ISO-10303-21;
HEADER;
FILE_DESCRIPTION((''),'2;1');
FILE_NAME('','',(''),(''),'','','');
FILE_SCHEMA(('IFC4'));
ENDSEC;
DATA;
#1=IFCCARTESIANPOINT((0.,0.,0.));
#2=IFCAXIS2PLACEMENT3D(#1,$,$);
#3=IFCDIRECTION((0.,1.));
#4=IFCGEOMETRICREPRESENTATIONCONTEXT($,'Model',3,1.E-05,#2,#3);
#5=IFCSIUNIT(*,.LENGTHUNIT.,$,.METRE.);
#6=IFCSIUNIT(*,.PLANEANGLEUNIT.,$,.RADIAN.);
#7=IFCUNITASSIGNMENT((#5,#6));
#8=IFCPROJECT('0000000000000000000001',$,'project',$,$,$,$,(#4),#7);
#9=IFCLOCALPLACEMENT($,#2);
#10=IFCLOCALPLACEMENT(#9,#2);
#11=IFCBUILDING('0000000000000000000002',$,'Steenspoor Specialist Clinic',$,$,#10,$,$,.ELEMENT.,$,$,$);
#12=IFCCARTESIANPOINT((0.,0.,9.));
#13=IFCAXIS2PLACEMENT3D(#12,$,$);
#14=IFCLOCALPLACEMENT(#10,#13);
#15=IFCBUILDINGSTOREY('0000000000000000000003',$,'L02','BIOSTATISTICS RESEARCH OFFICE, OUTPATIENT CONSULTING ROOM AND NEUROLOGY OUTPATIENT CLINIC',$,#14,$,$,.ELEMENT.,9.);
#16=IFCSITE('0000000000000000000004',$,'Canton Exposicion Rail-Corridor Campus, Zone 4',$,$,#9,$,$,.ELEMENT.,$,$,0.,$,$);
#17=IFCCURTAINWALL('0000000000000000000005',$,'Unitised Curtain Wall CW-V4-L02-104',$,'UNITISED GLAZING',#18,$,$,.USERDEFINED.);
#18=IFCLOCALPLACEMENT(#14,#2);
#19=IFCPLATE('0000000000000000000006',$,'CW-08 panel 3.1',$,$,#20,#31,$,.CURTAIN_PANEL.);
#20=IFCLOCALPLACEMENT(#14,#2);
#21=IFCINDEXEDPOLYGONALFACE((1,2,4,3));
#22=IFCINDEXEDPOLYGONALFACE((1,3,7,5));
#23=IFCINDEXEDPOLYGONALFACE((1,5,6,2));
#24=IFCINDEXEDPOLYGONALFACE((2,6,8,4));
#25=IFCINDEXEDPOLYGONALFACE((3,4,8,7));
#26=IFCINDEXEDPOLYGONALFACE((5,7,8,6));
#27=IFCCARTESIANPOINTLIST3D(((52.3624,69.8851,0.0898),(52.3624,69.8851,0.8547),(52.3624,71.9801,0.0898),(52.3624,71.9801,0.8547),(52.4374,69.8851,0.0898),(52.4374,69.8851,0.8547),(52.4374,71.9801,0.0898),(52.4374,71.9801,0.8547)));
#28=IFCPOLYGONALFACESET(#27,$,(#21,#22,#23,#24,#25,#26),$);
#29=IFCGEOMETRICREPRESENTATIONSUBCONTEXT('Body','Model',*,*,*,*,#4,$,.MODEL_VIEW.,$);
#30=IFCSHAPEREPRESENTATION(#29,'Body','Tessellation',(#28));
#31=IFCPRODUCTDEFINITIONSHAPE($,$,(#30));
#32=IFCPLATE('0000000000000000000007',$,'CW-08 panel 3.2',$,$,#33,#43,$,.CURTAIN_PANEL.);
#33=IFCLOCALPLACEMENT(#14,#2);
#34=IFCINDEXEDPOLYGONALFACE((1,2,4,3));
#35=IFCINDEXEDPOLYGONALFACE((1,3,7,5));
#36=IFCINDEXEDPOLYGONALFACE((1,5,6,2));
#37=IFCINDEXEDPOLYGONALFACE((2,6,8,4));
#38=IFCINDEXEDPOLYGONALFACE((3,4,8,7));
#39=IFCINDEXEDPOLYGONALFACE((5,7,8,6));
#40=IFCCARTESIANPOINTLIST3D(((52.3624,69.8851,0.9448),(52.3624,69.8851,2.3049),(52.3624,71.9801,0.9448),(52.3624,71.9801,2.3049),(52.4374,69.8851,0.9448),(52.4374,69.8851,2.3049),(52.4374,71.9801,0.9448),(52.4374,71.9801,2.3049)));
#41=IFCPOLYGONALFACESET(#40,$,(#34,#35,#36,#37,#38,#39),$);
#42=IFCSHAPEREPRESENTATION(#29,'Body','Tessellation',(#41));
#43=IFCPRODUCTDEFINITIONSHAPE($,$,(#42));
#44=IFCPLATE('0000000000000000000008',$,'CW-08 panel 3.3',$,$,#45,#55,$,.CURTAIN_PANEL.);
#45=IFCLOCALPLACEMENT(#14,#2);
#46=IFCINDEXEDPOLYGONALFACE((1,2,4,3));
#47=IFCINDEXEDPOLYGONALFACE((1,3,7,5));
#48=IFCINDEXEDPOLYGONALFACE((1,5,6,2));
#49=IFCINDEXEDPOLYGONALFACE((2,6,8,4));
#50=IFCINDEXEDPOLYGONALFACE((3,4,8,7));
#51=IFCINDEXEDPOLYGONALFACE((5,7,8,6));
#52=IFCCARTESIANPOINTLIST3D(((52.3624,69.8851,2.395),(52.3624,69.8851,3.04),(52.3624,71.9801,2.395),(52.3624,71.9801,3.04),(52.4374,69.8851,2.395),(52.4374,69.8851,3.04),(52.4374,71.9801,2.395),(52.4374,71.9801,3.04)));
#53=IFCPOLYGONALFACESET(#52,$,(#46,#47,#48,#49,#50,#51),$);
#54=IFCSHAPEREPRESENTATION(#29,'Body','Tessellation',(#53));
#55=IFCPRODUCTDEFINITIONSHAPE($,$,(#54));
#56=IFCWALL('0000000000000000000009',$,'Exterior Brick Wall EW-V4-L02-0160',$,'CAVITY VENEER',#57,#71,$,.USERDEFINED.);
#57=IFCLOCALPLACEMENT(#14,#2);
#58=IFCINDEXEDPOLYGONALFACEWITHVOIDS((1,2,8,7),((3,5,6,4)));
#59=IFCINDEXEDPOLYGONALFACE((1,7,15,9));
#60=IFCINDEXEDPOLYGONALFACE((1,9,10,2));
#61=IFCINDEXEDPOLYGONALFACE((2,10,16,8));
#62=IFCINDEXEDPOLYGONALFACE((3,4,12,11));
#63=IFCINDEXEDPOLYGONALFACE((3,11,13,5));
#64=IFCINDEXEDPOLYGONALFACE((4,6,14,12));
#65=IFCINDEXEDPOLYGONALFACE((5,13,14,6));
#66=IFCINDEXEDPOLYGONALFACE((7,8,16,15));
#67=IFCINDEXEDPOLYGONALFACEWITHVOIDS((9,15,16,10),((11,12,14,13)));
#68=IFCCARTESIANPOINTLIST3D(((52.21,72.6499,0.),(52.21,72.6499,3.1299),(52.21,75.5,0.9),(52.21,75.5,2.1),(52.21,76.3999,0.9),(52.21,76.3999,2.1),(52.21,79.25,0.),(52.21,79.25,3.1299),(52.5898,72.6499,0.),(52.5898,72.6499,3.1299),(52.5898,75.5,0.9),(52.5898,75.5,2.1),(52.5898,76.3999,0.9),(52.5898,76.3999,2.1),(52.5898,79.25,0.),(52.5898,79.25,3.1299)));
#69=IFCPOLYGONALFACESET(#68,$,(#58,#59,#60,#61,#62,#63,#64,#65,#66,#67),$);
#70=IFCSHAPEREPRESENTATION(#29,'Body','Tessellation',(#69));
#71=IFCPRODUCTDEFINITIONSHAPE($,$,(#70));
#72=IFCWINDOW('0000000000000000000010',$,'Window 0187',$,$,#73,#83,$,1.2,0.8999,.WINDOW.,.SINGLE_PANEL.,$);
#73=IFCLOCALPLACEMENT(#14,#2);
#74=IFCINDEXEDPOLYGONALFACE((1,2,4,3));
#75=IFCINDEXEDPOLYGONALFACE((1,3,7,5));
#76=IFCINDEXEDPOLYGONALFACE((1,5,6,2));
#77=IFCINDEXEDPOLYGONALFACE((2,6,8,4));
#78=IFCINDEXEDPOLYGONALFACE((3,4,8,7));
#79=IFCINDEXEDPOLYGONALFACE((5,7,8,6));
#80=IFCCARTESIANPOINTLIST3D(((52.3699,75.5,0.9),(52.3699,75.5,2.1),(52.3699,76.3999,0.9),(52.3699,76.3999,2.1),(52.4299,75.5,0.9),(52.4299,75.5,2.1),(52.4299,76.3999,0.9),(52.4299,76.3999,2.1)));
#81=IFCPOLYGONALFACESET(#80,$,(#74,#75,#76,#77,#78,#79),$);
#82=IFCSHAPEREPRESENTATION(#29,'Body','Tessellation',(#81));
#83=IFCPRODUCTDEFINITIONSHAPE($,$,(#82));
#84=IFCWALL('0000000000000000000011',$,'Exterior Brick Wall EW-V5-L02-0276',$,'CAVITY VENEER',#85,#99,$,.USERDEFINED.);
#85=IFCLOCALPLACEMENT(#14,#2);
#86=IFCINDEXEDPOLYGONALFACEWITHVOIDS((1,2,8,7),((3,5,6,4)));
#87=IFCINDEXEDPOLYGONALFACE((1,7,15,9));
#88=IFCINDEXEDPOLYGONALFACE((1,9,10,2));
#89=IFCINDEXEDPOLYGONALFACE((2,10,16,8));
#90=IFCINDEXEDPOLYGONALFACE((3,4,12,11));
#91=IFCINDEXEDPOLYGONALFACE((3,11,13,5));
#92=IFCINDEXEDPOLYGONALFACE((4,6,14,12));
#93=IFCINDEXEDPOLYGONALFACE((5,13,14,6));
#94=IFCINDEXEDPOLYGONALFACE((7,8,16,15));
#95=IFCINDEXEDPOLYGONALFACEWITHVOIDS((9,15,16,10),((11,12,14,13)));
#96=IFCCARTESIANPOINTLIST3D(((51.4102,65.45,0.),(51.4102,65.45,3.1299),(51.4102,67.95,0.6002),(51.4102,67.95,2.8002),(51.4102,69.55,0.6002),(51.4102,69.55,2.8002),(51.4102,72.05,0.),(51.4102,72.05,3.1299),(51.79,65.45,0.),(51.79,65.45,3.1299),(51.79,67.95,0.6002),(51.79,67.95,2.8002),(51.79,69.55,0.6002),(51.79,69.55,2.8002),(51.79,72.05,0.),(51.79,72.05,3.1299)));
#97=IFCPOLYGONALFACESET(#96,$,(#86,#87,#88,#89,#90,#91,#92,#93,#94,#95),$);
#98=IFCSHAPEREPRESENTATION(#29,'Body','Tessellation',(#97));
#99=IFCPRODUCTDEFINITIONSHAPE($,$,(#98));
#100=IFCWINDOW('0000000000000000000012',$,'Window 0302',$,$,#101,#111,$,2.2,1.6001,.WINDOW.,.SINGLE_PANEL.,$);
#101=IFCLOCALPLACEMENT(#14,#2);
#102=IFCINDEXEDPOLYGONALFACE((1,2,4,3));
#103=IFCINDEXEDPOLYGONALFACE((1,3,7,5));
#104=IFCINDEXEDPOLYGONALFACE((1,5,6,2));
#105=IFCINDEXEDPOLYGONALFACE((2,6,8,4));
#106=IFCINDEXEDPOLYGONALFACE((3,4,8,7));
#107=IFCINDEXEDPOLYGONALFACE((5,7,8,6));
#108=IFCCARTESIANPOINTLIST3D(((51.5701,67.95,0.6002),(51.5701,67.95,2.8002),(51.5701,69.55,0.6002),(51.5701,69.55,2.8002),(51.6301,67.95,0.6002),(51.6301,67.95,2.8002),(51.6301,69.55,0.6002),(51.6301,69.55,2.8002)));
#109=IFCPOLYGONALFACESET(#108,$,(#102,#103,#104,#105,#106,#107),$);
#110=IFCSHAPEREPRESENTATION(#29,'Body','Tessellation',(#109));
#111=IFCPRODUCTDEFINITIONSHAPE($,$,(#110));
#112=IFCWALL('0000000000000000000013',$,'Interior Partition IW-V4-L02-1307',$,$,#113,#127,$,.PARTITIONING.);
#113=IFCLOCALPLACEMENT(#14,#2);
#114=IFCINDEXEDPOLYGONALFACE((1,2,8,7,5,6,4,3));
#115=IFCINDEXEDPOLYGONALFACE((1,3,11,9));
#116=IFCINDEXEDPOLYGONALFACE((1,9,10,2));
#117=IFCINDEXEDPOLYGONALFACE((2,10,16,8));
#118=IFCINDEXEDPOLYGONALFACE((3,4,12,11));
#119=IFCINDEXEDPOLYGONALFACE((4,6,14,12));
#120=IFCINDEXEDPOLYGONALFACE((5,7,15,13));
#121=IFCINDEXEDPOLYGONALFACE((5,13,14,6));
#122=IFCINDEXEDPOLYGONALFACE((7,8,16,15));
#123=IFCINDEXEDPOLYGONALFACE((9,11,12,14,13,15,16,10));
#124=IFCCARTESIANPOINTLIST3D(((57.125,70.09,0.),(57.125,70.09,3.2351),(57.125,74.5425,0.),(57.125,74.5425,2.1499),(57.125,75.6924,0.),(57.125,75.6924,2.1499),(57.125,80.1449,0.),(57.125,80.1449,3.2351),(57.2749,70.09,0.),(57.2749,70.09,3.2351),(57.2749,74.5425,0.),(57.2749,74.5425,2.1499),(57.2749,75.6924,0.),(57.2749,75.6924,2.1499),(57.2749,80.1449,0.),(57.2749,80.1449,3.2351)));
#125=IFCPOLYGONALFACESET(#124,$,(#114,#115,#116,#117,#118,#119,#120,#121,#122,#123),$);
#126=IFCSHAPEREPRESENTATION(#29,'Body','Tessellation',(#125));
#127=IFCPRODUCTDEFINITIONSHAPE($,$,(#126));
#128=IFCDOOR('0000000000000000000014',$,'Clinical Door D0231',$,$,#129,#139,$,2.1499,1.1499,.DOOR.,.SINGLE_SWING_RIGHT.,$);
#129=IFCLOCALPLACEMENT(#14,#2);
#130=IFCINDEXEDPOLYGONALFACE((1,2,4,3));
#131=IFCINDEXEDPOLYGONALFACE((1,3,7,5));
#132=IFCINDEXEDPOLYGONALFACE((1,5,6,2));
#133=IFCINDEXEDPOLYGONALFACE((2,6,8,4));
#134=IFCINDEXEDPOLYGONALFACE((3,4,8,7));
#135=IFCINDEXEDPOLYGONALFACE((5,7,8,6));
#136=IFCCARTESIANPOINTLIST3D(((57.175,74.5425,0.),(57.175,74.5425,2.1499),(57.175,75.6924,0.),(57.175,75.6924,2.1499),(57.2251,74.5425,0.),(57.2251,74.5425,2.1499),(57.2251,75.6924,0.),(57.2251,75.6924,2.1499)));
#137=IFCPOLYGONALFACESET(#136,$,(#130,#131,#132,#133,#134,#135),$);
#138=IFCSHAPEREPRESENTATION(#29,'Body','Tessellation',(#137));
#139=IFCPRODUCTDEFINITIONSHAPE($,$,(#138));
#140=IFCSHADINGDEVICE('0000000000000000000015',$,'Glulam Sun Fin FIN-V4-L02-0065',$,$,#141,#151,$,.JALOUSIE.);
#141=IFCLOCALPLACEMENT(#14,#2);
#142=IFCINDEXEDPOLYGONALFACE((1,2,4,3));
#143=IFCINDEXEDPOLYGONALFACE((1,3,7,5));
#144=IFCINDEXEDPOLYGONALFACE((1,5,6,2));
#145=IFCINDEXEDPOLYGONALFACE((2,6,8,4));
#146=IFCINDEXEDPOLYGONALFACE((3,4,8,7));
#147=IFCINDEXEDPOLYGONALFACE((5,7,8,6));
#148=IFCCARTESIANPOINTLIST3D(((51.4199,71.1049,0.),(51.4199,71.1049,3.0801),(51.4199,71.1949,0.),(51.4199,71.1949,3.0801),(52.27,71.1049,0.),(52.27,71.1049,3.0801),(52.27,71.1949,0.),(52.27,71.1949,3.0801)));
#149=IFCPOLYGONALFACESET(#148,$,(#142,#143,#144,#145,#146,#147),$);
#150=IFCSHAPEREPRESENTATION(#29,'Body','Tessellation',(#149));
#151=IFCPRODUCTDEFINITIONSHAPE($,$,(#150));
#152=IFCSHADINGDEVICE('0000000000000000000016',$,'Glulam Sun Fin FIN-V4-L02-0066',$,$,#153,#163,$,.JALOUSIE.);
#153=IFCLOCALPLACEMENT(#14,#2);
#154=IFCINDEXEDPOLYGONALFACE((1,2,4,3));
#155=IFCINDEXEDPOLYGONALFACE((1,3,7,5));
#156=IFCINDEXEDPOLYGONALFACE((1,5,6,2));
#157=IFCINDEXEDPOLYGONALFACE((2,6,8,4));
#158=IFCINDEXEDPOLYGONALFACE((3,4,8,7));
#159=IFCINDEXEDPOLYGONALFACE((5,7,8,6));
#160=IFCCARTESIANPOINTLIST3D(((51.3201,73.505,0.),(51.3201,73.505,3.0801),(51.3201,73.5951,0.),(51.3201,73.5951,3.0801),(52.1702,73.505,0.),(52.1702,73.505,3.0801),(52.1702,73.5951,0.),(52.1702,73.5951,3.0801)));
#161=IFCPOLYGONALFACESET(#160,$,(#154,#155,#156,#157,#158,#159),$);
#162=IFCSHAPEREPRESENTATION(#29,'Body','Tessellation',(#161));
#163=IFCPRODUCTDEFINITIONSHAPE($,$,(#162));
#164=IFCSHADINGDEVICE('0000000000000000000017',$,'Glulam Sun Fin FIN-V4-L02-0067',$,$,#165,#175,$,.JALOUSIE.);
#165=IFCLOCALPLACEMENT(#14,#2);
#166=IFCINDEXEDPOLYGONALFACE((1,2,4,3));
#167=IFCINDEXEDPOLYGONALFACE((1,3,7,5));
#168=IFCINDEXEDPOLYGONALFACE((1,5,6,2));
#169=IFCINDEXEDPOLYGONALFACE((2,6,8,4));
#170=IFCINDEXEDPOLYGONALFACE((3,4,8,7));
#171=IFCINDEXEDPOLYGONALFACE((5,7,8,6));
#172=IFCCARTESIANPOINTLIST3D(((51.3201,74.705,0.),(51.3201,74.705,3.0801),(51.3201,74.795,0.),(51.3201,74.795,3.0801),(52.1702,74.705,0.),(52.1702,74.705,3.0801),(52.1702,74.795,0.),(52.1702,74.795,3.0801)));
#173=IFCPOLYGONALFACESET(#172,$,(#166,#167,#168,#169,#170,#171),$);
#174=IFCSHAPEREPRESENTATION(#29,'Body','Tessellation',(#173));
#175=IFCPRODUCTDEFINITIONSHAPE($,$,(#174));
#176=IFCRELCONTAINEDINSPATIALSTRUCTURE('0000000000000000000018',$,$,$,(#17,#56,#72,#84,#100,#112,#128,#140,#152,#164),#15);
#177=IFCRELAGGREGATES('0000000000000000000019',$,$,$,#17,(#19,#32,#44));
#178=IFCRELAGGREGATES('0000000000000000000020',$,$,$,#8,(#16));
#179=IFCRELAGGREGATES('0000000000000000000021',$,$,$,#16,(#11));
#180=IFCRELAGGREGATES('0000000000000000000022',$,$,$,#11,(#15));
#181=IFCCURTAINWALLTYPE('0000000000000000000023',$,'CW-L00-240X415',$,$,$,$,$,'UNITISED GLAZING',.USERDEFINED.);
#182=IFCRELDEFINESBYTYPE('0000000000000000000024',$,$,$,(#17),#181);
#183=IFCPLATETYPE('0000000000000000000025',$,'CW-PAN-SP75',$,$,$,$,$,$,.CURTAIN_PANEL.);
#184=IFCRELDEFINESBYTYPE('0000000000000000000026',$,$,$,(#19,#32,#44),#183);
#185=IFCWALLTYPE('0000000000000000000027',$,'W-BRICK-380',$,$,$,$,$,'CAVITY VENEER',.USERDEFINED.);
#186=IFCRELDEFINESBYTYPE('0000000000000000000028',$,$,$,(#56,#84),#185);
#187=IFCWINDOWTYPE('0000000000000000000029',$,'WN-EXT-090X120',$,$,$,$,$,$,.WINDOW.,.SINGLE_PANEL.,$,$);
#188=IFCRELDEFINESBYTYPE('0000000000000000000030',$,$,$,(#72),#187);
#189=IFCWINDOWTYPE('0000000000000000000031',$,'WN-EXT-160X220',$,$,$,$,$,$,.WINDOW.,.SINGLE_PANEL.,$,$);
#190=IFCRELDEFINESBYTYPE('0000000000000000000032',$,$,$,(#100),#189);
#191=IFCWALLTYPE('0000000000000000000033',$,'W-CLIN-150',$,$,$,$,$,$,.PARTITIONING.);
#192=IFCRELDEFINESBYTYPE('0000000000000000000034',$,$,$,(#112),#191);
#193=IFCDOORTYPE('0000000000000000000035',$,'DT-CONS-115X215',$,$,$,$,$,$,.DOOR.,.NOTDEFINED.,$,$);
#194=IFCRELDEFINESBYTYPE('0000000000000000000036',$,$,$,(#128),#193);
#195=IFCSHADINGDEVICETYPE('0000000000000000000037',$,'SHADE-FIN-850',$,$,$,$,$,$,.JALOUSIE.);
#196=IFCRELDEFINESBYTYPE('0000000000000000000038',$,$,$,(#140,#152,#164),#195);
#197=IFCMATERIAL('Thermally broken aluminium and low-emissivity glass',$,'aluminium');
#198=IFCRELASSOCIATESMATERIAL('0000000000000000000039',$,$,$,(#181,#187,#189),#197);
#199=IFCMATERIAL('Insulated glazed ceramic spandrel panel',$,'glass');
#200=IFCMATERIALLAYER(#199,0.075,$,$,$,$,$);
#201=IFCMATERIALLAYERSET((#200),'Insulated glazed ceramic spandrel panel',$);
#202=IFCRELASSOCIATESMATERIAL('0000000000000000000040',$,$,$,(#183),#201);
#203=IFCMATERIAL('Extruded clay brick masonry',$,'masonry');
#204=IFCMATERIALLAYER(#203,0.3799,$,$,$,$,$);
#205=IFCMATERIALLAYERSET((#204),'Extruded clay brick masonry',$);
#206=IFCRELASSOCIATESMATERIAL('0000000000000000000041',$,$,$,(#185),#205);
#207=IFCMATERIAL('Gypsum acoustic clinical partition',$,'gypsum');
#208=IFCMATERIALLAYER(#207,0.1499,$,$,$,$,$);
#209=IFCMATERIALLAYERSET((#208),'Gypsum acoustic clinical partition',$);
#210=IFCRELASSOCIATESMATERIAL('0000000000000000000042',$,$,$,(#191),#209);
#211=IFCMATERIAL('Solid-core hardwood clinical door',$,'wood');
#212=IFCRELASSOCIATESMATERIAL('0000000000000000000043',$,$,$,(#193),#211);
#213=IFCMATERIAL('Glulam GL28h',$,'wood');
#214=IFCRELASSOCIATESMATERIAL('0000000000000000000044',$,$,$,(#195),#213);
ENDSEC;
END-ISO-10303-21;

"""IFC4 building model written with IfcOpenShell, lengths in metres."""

from ifc_helpers import new_model, si_unit, direction, frame, frame_2d, origin, origin_2d, place, context, subcontext, project, spatial, rectangle, extrude, material, layer, layer_set, material_profile, profile_set, type_object, element, fill, aggregate, save


model = new_model("IFC4")

# Units and contexts
model_context = context("Model", 3, precision=1e-05, world=origin(), true_north=direction((0.0, 1.0)))
body_context = subcontext(model_context, "Body", "Model", "MODEL_VIEW")
ifc_project = project(units=[si_unit("LENGTHUNIT", "METRE"), si_unit("PLANEANGLEUNIT", "RADIAN")], contexts=[model_context])

# Site, building, storey
site_placement = place(None, origin())
site = spatial("IfcSite", under=ifc_project, at=site_placement, Name="Canton Exposicion Rail-Corridor Campus, Zone 4", CompositionType="ELEMENT", RefElevation=0.0)
building_placement = place(site_placement, origin())
building = spatial("IfcBuilding", under=site, at=building_placement, Name="Steenspoor Specialist Clinic", CompositionType="ELEMENT")
storey_placement = place(building_placement, frame((0.0, 0.0, 9.0)))
storey = spatial("IfcBuildingStorey", under=building, at=storey_placement, Name="L02", Description="BIOSTATISTICS RESEARCH OFFICE, OUTPATIENT CONSULTING ROOM AND NEUROLOGY OUTPATIENT CLINIC", CompositionType="ELEMENT", Elevation=9.0)

# Curtain wall
ifc_material_1 = material(Name="Thermally broken aluminium and low-emissivity glass", Category="aluminium")
curtain_wall_type_1 = type_object("IfcCurtainWallType", Name="CW-L00-240X415", ElementType="UNITISED GLAZING", PredefinedType="USERDEFINED", material=ifc_material_1)
curtain_wall_1_placement = place(storey_placement, origin())
curtain_wall_1 = element("IfcCurtainWall", 1, at=curtain_wall_1_placement, inside=storey, type_object=curtain_wall_type_1, Name="Unitised Curtain Wall CW-V4-L02-104", ObjectType="UNITISED GLAZING", PredefinedType="USERDEFINED")

# Plates
ifc_material_2 = material(Name="Insulated glazed ceramic spandrel panel", Category="glass")
ifc_layer_1 = layer(ifc_material_2, 0.075)
ifc_layer_set_1 = layer_set([ifc_layer_1], Name="Insulated glazed ceramic spandrel panel")
plate_type_1 = type_object("IfcPlateType", Name="CW-PAN-SP75", PredefinedType="CURTAIN_PANEL", material=ifc_layer_set_1)
plate_1_placement = place(storey_placement, frame((52.3999, 70.9326, 0.0898), z_axis=(0.0, 0.0, 1.0), x_axis=(0.0, 1.0, 0.0)))
plate_1 = element("IfcPlate", 2, at=plate_1_placement, type_object=plate_type_1, Name="CW-08 panel 3.1", PredefinedType="CURTAIN_PANEL", context=body_context, shape_type="SweptSolid", body=[
    extrude(rectangle(XDim=2.095, YDim=0.075, at=origin_2d()), origin(), (0.0, 0.0, 1.0), 0.7649),
])
plate_2_placement = place(storey_placement, frame((52.3999, 70.9326, 0.9448), z_axis=(0.0, 0.0, 1.0), x_axis=(0.0, 1.0, 0.0)))
plate_2 = element("IfcPlate", 3, at=plate_2_placement, type_object=plate_type_1, Name="CW-08 panel 3.2", PredefinedType="CURTAIN_PANEL", context=body_context, shape_type="SweptSolid", body=[
    extrude(rectangle(XDim=2.095, YDim=0.075, at=origin_2d()), origin(), (0.0, 0.0, 1.0), 1.3601),
])
plate_3_placement = place(storey_placement, frame((52.3999, 70.9326, 2.395), z_axis=(0.0, 0.0, 1.0), x_axis=(0.0, 1.0, 0.0)))
plate_3 = element("IfcPlate", 4, at=plate_3_placement, type_object=plate_type_1, Name="CW-08 panel 3.3", PredefinedType="CURTAIN_PANEL", context=body_context, shape_type="SweptSolid", body=[
    extrude(rectangle(XDim=2.095, YDim=0.075, at=origin_2d()), origin(), (0.0, 0.0, 1.0), 0.645),
])
aggregate(curtain_wall_1, [plate_1, plate_2, plate_3])

# Walls, openings, windows
ifc_material_3 = material(Name="Extruded clay brick masonry", Category="masonry")
ifc_layer_2 = layer(ifc_material_3, 0.3799)
ifc_layer_set_2 = layer_set([ifc_layer_2], Name="Extruded clay brick masonry")
wall_type_1 = type_object("IfcWallType", Name="W-BRICK-380", ElementType="CAVITY VENEER", PredefinedType="USERDEFINED", material=ifc_layer_set_2)
wall_1_placement = place(storey_placement, frame((52.3999, 72.6499, 0.0), z_axis=(0.0, 0.0, 1.0), x_axis=(0.0, 1.0, 0.0)))
wall_1 = element("IfcWall", 5, at=wall_1_placement, inside=storey, type_object=wall_type_1, Name="Exterior Brick Wall EW-V4-L02-0160", ObjectType="CAVITY VENEER", PredefinedType="USERDEFINED", context=body_context, shape_type="SweptSolid", body=[
    extrude(rectangle(XDim=6.6001, YDim=0.3799, at=frame_2d((3.3, 0.0))), origin(), (0.0, 0.0, 1.0), 3.1299),
])
opening_1_placement = place(wall_1_placement, frame((2.8501, 0.0, 0.8999)))
opening_1 = element("IfcOpeningElement", 6, at=opening_1_placement, cuts=wall_1, PredefinedType="OPENING", context=body_context, shape_type="SweptSolid", body=[
    extrude(rectangle(XDim=0.8999, YDim=1.2, at=frame_2d((0.45, 0.6001))), frame((0.0, 0.2, 0.0), z_axis=(0.0, -1.0, 0.0), x_axis=(1.0, 0.0, 0.0)), (0.0, 0.0, 1.0), 0.3999),
])
window_type_1 = type_object("IfcWindowType", Name="WN-EXT-090X120", PartitioningType="SINGLE_PANEL", PredefinedType="WINDOW", material=ifc_material_1)
window_1_placement = place(opening_1_placement, origin())
window_1 = element("IfcWindow", 7, at=window_1_placement, inside=storey, type_object=window_type_1, Name="Window 0187", OverallHeight=1.2, OverallWidth=0.8999, PartitioningType="SINGLE_PANEL", PredefinedType="WINDOW", context=body_context, shape_type="SweptSolid", body=[
    extrude(rectangle(XDim=0.8999, YDim=1.2, at=frame_2d((0.45, 0.6001))), frame((0.0, 0.03, 0.0), z_axis=(0.0, -1.0, 0.0), x_axis=(1.0, 0.0, 0.0)), (0.0, 0.0, 1.0), 0.0601),
])
fill(opening_1, window_1)
wall_2_placement = place(storey_placement, frame((51.6001, 72.05, 0.0), z_axis=(0.0, 0.0, 1.0), x_axis=(0.0, -1.0, 0.0)))
wall_2 = element("IfcWall", 8, at=wall_2_placement, inside=storey, type_object=wall_type_1, Name="Exterior Brick Wall EW-V5-L02-0276", ObjectType="CAVITY VENEER", PredefinedType="USERDEFINED", context=body_context, shape_type="SweptSolid", body=[
    extrude(rectangle(XDim=6.6001, YDim=0.3799, at=frame_2d((3.3, 0.0))), origin(), (0.0, 0.0, 1.0), 3.1299),
])
opening_2_placement = place(wall_2_placement, frame((2.5, 0.0, 0.6001)))
opening_2 = element("IfcOpeningElement", 9, at=opening_2_placement, cuts=wall_2, PredefinedType="OPENING", context=body_context, shape_type="SweptSolid", body=[
    extrude(rectangle(XDim=1.6001, YDim=2.2, at=frame_2d((0.8, 1.1001))), frame((0.0, 0.2, 0.0), z_axis=(0.0, -1.0, 0.0), x_axis=(1.0, 0.0, 0.0)), (0.0, 0.0, 1.0), 0.3999),
])
window_type_2 = type_object("IfcWindowType", Name="WN-EXT-160X220", PartitioningType="SINGLE_PANEL", PredefinedType="WINDOW", material=ifc_material_1)
window_2_placement = place(opening_2_placement, origin())
window_2 = element("IfcWindow", 10, at=window_2_placement, inside=storey, type_object=window_type_2, Name="Window 0302", OverallHeight=2.2, OverallWidth=1.6001, PartitioningType="SINGLE_PANEL", PredefinedType="WINDOW", context=body_context, shape_type="SweptSolid", body=[
    extrude(rectangle(XDim=1.6001, YDim=2.2, at=frame_2d((0.8, 1.1001))), frame((0.0, 0.03, 0.0), z_axis=(0.0, -1.0, 0.0), x_axis=(1.0, 0.0, 0.0)), (0.0, 0.0, 1.0), 0.0601),
])
fill(opening_2, window_2)

# Wall, opening, door
ifc_material_4 = material(Name="Gypsum acoustic clinical partition", Category="gypsum")
ifc_layer_3 = layer(ifc_material_4, 0.1499)
ifc_layer_set_3 = layer_set([ifc_layer_3], Name="Gypsum acoustic clinical partition")
wall_type_2 = type_object("IfcWallType", Name="W-CLIN-150", PredefinedType="PARTITIONING", material=ifc_layer_set_3)
wall_3_placement = place(storey_placement, frame((57.2, 70.0901, 0.0), z_axis=(0.0, 0.0, 1.0), x_axis=(0.0, 1.0, 0.0)))
wall_3 = element("IfcWall", 11, at=wall_3_placement, inside=storey, type_object=wall_type_2, Name="Interior Partition IW-V4-L02-1307", PredefinedType="PARTITIONING", context=body_context, shape_type="SweptSolid", body=[
    extrude(rectangle(XDim=10.0549, YDim=0.1499, at=frame_2d((5.0273, 0.0))), origin(), (0.0, 0.0, 1.0), 3.2351),
])
opening_3_placement = place(wall_3_placement, frame((4.4524, 0.0, 0.0)))
opening_3 = element("IfcOpeningElement", 12, at=opening_3_placement, cuts=wall_3, PredefinedType="OPENING", context=body_context, shape_type="SweptSolid", body=[
    extrude(rectangle(XDim=1.1499, YDim=2.1499, at=frame_2d((0.575, 1.075))), frame((0.0, 0.085, 0.0), z_axis=(0.0, -1.0, 0.0), x_axis=(1.0, 0.0, 0.0)), (0.0, 0.0, 1.0), 0.1699),
])
ifc_material_5 = material(Name="Solid-core hardwood clinical door", Category="wood")
door_type = type_object("IfcDoorType", Name="DT-CONS-115X215", OperationType="NOTDEFINED", PredefinedType="DOOR", material=ifc_material_5)
door_placement = place(opening_3_placement, origin())
door = element("IfcDoor", 13, at=door_placement, inside=storey, type_object=door_type, Name="Clinical Door D0231", OperationType="SINGLE_SWING_RIGHT", OverallHeight=2.1499, OverallWidth=1.1499, PredefinedType="DOOR", context=body_context, shape_type="SweptSolid", body=[
    extrude(rectangle(XDim=1.1499, YDim=2.1499, at=frame_2d((0.575, 1.075))), frame((0.0, 0.0249, 0.0), z_axis=(0.0, -1.0, 0.0), x_axis=(1.0, 0.0, 0.0)), (0.0, 0.0, 1.0), 0.05),
])
fill(opening_3, door)

# Shading devices
ifc_material_6 = material(Name="Glulam GL28h", Category="wood")
ifc_material_profile_1 = material_profile(ifc_material_6, rectangle(XDim=0.0901, YDim=0.8501, at=origin_2d()), Name="GL28H-90X850")
ifc_profile_set_1 = profile_set([ifc_material_profile_1], Name="Glulam GL28h")
shading_device_type = type_object("IfcShadingDeviceType", Name="SHADE-FIN-850", PredefinedType="JALOUSIE", material=ifc_profile_set_1)
for number, where, z_axis, x_axis, name in (
    (14, (51.845, 71.1499, 0.0), (0.0, 0.0, 1.0), (0.0, 1.0, 0.0), "Glulam Sun Fin FIN-V4-L02-0065"),
    (15, (51.7451, 73.55, 0.0), (0.0, 0.0, 1.0), (0.0, 1.0, 0.0), "Glulam Sun Fin FIN-V4-L02-0066"),
    (16, (51.7451, 74.75, 0.0), (0.0, 0.0, 1.0), (0.0, 1.0, 0.0), "Glulam Sun Fin FIN-V4-L02-0067"),
):
    element("IfcShadingDevice", number, at=place(storey_placement, frame(where, z_axis=z_axis, x_axis=x_axis)), inside=storey, type_object=shading_device_type, Name=name, PredefinedType="JALOUSIE", context=body_context, shape_type="SweptSolid", body=[
        extrude(rectangle(XDim=0.0901, YDim=0.8501, at=origin_2d()), origin(), (0.0, 0.0, 1.0), 3.0801),
    ])

save(model, "model.ifc")
